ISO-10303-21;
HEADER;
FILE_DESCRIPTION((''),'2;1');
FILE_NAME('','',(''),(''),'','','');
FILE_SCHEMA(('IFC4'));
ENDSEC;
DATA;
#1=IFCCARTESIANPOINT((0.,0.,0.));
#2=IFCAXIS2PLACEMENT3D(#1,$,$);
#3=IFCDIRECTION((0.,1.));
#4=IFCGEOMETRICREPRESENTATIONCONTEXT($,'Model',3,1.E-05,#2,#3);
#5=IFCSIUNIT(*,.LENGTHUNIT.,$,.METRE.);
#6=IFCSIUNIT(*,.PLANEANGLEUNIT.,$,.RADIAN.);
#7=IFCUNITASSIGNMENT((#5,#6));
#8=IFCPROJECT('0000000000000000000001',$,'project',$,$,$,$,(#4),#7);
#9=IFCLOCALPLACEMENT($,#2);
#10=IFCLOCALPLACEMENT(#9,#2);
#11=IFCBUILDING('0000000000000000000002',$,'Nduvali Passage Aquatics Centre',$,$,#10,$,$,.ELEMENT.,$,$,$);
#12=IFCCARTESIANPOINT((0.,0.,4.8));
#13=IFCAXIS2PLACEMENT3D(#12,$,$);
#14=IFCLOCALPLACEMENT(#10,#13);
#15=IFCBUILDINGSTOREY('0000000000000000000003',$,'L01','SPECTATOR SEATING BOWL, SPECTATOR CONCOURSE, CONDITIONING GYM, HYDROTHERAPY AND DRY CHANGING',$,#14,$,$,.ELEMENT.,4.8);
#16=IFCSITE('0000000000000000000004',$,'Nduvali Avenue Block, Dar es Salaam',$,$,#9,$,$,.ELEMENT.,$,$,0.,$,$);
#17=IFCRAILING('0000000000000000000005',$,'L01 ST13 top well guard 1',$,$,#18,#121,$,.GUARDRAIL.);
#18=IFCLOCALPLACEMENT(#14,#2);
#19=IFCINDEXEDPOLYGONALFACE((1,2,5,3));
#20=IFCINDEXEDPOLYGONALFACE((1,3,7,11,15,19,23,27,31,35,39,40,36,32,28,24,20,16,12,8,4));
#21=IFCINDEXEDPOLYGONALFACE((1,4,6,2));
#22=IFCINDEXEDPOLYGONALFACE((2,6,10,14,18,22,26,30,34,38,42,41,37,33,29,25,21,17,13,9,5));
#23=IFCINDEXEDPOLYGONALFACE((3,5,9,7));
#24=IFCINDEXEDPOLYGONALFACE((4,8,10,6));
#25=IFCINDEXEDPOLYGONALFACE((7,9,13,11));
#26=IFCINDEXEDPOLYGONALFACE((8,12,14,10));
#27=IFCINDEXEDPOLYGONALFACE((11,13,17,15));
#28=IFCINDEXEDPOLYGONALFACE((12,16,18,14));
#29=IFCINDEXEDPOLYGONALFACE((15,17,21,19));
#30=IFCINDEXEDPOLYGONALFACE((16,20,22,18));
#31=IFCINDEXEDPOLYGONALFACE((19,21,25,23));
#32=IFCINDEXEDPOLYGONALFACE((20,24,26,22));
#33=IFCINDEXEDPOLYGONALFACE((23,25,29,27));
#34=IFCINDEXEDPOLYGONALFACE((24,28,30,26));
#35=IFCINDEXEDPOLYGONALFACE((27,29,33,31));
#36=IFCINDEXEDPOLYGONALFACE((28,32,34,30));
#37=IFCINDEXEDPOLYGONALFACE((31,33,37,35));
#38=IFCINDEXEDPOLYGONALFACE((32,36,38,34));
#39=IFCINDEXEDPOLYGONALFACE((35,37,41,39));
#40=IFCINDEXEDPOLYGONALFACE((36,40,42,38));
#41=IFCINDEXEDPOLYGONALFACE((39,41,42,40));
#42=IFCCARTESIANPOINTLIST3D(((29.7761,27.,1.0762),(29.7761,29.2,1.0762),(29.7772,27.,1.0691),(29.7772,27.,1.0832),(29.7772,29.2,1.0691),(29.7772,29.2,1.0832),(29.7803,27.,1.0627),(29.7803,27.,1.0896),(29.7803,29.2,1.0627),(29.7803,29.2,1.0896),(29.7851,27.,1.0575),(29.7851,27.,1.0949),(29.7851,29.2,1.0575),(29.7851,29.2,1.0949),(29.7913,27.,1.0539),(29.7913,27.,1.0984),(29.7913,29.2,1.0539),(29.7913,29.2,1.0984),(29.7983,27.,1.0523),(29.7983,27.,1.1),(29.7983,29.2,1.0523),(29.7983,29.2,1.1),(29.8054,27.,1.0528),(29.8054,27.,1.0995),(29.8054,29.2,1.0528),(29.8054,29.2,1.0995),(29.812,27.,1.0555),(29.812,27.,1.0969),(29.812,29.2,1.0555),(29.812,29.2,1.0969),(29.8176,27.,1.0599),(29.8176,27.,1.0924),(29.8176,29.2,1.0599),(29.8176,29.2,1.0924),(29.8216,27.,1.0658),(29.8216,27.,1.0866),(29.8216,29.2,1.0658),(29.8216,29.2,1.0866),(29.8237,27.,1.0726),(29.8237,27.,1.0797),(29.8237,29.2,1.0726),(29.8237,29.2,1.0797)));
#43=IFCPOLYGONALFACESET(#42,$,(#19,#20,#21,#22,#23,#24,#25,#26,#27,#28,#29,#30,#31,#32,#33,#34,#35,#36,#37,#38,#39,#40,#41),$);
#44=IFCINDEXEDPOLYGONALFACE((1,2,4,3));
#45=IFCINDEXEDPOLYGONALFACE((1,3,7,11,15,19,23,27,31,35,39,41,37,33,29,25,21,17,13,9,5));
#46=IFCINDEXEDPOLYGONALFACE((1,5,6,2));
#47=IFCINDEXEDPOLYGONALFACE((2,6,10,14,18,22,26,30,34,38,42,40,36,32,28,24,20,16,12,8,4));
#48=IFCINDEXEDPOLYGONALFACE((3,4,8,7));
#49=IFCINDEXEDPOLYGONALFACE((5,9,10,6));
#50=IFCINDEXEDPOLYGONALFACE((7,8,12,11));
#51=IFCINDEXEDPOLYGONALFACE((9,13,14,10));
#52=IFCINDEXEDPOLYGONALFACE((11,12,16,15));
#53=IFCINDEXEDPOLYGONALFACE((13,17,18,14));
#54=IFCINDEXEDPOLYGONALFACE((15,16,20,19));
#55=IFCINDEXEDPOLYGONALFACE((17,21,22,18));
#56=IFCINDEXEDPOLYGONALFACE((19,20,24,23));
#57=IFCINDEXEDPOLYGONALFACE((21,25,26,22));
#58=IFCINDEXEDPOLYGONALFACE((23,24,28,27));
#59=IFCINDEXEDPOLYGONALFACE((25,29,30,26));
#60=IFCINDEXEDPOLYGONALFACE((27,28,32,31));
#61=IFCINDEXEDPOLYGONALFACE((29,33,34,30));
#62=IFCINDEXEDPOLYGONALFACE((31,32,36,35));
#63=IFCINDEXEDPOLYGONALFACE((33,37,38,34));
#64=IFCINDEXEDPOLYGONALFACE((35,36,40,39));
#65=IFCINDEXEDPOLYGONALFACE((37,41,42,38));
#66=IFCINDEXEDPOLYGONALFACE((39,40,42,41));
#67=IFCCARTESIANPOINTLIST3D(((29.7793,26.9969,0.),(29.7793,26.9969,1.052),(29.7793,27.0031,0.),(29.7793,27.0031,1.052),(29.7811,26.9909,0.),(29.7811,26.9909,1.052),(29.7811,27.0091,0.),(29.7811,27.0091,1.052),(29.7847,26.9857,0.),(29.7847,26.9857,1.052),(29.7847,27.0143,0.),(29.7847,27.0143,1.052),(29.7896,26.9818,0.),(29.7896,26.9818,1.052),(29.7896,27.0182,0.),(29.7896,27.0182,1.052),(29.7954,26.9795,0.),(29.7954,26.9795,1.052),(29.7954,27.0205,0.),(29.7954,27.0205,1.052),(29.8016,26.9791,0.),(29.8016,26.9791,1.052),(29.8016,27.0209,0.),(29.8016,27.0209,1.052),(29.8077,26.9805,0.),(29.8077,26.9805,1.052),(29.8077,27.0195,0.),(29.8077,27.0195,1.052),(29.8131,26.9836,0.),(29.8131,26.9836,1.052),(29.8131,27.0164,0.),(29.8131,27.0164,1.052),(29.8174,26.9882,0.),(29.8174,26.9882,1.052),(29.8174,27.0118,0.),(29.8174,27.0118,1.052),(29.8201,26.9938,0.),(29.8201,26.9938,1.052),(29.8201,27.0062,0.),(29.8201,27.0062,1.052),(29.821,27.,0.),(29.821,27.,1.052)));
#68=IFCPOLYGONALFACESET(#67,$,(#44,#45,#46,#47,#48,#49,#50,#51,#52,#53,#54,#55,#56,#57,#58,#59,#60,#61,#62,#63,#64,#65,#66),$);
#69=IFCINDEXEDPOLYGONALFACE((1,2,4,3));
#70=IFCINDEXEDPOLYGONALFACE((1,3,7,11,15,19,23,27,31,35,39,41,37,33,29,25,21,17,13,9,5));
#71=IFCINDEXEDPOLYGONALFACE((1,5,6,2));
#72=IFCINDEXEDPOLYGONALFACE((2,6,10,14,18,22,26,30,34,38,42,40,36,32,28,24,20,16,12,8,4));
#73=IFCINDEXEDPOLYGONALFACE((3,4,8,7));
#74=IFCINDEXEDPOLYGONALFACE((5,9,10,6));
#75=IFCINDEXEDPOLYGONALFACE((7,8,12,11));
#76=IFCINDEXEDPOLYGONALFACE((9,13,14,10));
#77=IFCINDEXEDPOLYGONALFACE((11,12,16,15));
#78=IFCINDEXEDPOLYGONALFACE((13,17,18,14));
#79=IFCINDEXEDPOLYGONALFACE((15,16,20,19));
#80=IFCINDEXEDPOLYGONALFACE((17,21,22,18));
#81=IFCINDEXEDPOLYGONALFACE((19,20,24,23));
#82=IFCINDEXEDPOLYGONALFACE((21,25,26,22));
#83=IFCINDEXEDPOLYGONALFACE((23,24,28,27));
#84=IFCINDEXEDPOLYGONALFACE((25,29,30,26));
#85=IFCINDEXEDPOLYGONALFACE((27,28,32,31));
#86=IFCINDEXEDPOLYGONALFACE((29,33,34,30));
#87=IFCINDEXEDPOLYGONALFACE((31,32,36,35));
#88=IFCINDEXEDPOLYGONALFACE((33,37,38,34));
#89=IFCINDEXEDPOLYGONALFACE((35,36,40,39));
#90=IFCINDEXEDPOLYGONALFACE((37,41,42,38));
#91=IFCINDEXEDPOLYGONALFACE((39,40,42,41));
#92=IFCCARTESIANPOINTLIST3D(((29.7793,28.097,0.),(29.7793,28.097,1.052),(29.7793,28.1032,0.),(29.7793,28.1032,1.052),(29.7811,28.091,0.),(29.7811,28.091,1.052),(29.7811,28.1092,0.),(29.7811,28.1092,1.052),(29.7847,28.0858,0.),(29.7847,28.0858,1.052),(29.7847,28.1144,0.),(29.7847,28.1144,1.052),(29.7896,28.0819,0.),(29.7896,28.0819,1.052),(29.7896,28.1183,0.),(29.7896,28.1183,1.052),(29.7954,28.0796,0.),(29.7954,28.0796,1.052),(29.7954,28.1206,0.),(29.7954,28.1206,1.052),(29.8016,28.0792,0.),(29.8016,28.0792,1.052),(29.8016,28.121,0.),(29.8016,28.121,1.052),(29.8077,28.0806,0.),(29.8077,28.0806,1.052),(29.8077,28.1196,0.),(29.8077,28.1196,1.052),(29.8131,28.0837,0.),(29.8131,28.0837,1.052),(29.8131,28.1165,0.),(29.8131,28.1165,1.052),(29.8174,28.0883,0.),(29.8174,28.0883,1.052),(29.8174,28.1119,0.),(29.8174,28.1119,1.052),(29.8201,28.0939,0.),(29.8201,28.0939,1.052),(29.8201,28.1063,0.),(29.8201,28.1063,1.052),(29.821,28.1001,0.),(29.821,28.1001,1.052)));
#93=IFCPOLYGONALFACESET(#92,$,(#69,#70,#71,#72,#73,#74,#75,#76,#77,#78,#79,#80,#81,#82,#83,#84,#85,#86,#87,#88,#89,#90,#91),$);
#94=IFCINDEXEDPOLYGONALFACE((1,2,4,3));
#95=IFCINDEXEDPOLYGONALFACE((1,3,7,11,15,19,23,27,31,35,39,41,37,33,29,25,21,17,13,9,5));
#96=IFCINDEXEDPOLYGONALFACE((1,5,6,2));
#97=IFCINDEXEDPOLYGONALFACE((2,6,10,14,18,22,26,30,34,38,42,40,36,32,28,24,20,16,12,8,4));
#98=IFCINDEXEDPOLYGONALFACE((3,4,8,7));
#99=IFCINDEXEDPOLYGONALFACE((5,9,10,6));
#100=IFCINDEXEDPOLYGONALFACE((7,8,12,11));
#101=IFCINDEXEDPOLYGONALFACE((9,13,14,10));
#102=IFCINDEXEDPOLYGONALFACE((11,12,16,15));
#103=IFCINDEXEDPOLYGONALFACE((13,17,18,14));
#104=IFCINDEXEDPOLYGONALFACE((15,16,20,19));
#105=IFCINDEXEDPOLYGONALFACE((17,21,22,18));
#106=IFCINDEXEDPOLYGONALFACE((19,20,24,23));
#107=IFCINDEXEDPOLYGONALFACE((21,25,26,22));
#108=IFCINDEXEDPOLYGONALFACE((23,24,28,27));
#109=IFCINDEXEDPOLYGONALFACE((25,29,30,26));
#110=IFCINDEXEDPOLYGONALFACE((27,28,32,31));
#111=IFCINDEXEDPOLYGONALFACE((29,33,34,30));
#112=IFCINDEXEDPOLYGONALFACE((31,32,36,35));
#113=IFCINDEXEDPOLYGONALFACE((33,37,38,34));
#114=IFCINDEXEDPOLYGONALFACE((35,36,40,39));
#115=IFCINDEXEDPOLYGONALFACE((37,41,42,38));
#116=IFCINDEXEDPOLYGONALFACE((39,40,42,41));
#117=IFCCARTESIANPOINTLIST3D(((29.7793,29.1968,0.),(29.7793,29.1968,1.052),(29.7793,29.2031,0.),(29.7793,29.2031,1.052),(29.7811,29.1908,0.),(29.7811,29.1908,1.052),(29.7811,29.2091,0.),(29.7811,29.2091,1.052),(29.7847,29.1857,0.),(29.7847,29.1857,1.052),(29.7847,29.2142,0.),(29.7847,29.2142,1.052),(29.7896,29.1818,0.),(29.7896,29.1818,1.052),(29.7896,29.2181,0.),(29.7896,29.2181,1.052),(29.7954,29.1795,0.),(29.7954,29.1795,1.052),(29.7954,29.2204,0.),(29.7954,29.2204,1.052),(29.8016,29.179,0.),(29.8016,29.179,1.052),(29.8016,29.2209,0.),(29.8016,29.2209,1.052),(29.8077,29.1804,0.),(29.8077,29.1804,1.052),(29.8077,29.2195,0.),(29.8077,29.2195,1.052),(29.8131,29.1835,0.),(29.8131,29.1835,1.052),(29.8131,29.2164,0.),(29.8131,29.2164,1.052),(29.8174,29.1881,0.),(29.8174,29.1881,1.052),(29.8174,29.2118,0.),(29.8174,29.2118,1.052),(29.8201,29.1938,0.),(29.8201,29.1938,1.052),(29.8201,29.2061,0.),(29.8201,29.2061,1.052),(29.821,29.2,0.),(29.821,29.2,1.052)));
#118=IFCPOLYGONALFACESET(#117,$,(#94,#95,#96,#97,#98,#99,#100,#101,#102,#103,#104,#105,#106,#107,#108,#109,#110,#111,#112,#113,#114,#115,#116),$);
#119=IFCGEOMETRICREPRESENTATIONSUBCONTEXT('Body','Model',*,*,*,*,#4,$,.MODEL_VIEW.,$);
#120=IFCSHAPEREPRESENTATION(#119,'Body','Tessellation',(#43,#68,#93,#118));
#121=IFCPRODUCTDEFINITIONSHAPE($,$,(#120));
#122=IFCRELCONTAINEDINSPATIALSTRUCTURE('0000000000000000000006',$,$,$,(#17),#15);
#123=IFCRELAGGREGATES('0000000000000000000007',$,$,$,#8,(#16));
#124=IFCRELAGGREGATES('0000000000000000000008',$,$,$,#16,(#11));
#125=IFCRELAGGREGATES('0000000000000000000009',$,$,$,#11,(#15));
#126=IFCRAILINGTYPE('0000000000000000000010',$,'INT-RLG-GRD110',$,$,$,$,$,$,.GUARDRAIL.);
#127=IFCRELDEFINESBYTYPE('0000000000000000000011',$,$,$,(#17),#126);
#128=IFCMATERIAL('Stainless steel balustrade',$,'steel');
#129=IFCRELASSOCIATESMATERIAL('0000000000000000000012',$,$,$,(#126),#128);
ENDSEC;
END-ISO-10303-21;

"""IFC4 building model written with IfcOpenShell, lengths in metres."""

from ifc_helpers import new_model, si_unit, direction, frame, origin, origin_2d, place, context, subcontext, project, spatial, circle, extrude, material, type_object, element, save


model = new_model("IFC4")

# Units and contexts
model_context = context("Model", 3, precision=1e-05, world=origin(), true_north=direction((0.0, 1.0)))
body_context = subcontext(model_context, "Body", "Model", "MODEL_VIEW")
ifc_project = project(units=[si_unit("LENGTHUNIT", "METRE"), si_unit("PLANEANGLEUNIT", "RADIAN")], contexts=[model_context])

# Site, building, storey
site_placement = place(None, origin())
site = spatial("IfcSite", under=ifc_project, at=site_placement, Name="Nduvali Avenue Block, Dar es Salaam", CompositionType="ELEMENT", RefElevation=0.0)
building_placement = place(site_placement, origin())
building = spatial("IfcBuilding", under=site, at=building_placement, Name="Nduvali Passage Aquatics Centre", CompositionType="ELEMENT")
storey_placement = place(building_placement, frame((0.0, 0.0, 4.8)))
storey = spatial("IfcBuildingStorey", under=building, at=storey_placement, Name="L01", Description="SPECTATOR SEATING BOWL, SPECTATOR CONCOURSE, CONDITIONING GYM, HYDROTHERAPY AND DRY CHANGING", CompositionType="ELEMENT", Elevation=4.8)

# Railing
ifc_material_1 = material(Name="Stainless steel balustrade", Category="steel")
railing_type = type_object("IfcRailingType", Name="INT-RLG-GRD110", PredefinedType="GUARDRAIL", material=ifc_material_1)
railing_1_placement = place(storey_placement, frame((29.8, 27.0, 0.0)))
element("IfcRailing", 1, at=railing_1_placement, inside=storey, type_object=railing_type, Name="L01 ST13 top well guard 1", PredefinedType="GUARDRAIL", context=body_context, shape_type="SweptSolid", body=[
    extrude(circle(Radius=0.0239, at=origin_2d()), frame((0.0, 0.0, 1.0762), z_axis=(0.0, 1.0, 0.0), x_axis=(-1.0, 0.0, 0.0)), (0.0, 0.0, 1.0), 2.2),
    extrude(circle(Radius=0.021, at=origin_2d()), origin(), (0.0, 0.0, 1.0), 1.052),
    extrude(circle(Radius=0.021, at=origin_2d()), frame((0.0, 1.1001, 0.0)), (0.0, 0.0, 1.0), 1.052),
    extrude(circle(Radius=0.021, at=origin_2d()), frame((0.0, 2.2, 0.0)), (0.0, 0.0, 1.0), 1.052),
])

save(model, "model.ifc")
